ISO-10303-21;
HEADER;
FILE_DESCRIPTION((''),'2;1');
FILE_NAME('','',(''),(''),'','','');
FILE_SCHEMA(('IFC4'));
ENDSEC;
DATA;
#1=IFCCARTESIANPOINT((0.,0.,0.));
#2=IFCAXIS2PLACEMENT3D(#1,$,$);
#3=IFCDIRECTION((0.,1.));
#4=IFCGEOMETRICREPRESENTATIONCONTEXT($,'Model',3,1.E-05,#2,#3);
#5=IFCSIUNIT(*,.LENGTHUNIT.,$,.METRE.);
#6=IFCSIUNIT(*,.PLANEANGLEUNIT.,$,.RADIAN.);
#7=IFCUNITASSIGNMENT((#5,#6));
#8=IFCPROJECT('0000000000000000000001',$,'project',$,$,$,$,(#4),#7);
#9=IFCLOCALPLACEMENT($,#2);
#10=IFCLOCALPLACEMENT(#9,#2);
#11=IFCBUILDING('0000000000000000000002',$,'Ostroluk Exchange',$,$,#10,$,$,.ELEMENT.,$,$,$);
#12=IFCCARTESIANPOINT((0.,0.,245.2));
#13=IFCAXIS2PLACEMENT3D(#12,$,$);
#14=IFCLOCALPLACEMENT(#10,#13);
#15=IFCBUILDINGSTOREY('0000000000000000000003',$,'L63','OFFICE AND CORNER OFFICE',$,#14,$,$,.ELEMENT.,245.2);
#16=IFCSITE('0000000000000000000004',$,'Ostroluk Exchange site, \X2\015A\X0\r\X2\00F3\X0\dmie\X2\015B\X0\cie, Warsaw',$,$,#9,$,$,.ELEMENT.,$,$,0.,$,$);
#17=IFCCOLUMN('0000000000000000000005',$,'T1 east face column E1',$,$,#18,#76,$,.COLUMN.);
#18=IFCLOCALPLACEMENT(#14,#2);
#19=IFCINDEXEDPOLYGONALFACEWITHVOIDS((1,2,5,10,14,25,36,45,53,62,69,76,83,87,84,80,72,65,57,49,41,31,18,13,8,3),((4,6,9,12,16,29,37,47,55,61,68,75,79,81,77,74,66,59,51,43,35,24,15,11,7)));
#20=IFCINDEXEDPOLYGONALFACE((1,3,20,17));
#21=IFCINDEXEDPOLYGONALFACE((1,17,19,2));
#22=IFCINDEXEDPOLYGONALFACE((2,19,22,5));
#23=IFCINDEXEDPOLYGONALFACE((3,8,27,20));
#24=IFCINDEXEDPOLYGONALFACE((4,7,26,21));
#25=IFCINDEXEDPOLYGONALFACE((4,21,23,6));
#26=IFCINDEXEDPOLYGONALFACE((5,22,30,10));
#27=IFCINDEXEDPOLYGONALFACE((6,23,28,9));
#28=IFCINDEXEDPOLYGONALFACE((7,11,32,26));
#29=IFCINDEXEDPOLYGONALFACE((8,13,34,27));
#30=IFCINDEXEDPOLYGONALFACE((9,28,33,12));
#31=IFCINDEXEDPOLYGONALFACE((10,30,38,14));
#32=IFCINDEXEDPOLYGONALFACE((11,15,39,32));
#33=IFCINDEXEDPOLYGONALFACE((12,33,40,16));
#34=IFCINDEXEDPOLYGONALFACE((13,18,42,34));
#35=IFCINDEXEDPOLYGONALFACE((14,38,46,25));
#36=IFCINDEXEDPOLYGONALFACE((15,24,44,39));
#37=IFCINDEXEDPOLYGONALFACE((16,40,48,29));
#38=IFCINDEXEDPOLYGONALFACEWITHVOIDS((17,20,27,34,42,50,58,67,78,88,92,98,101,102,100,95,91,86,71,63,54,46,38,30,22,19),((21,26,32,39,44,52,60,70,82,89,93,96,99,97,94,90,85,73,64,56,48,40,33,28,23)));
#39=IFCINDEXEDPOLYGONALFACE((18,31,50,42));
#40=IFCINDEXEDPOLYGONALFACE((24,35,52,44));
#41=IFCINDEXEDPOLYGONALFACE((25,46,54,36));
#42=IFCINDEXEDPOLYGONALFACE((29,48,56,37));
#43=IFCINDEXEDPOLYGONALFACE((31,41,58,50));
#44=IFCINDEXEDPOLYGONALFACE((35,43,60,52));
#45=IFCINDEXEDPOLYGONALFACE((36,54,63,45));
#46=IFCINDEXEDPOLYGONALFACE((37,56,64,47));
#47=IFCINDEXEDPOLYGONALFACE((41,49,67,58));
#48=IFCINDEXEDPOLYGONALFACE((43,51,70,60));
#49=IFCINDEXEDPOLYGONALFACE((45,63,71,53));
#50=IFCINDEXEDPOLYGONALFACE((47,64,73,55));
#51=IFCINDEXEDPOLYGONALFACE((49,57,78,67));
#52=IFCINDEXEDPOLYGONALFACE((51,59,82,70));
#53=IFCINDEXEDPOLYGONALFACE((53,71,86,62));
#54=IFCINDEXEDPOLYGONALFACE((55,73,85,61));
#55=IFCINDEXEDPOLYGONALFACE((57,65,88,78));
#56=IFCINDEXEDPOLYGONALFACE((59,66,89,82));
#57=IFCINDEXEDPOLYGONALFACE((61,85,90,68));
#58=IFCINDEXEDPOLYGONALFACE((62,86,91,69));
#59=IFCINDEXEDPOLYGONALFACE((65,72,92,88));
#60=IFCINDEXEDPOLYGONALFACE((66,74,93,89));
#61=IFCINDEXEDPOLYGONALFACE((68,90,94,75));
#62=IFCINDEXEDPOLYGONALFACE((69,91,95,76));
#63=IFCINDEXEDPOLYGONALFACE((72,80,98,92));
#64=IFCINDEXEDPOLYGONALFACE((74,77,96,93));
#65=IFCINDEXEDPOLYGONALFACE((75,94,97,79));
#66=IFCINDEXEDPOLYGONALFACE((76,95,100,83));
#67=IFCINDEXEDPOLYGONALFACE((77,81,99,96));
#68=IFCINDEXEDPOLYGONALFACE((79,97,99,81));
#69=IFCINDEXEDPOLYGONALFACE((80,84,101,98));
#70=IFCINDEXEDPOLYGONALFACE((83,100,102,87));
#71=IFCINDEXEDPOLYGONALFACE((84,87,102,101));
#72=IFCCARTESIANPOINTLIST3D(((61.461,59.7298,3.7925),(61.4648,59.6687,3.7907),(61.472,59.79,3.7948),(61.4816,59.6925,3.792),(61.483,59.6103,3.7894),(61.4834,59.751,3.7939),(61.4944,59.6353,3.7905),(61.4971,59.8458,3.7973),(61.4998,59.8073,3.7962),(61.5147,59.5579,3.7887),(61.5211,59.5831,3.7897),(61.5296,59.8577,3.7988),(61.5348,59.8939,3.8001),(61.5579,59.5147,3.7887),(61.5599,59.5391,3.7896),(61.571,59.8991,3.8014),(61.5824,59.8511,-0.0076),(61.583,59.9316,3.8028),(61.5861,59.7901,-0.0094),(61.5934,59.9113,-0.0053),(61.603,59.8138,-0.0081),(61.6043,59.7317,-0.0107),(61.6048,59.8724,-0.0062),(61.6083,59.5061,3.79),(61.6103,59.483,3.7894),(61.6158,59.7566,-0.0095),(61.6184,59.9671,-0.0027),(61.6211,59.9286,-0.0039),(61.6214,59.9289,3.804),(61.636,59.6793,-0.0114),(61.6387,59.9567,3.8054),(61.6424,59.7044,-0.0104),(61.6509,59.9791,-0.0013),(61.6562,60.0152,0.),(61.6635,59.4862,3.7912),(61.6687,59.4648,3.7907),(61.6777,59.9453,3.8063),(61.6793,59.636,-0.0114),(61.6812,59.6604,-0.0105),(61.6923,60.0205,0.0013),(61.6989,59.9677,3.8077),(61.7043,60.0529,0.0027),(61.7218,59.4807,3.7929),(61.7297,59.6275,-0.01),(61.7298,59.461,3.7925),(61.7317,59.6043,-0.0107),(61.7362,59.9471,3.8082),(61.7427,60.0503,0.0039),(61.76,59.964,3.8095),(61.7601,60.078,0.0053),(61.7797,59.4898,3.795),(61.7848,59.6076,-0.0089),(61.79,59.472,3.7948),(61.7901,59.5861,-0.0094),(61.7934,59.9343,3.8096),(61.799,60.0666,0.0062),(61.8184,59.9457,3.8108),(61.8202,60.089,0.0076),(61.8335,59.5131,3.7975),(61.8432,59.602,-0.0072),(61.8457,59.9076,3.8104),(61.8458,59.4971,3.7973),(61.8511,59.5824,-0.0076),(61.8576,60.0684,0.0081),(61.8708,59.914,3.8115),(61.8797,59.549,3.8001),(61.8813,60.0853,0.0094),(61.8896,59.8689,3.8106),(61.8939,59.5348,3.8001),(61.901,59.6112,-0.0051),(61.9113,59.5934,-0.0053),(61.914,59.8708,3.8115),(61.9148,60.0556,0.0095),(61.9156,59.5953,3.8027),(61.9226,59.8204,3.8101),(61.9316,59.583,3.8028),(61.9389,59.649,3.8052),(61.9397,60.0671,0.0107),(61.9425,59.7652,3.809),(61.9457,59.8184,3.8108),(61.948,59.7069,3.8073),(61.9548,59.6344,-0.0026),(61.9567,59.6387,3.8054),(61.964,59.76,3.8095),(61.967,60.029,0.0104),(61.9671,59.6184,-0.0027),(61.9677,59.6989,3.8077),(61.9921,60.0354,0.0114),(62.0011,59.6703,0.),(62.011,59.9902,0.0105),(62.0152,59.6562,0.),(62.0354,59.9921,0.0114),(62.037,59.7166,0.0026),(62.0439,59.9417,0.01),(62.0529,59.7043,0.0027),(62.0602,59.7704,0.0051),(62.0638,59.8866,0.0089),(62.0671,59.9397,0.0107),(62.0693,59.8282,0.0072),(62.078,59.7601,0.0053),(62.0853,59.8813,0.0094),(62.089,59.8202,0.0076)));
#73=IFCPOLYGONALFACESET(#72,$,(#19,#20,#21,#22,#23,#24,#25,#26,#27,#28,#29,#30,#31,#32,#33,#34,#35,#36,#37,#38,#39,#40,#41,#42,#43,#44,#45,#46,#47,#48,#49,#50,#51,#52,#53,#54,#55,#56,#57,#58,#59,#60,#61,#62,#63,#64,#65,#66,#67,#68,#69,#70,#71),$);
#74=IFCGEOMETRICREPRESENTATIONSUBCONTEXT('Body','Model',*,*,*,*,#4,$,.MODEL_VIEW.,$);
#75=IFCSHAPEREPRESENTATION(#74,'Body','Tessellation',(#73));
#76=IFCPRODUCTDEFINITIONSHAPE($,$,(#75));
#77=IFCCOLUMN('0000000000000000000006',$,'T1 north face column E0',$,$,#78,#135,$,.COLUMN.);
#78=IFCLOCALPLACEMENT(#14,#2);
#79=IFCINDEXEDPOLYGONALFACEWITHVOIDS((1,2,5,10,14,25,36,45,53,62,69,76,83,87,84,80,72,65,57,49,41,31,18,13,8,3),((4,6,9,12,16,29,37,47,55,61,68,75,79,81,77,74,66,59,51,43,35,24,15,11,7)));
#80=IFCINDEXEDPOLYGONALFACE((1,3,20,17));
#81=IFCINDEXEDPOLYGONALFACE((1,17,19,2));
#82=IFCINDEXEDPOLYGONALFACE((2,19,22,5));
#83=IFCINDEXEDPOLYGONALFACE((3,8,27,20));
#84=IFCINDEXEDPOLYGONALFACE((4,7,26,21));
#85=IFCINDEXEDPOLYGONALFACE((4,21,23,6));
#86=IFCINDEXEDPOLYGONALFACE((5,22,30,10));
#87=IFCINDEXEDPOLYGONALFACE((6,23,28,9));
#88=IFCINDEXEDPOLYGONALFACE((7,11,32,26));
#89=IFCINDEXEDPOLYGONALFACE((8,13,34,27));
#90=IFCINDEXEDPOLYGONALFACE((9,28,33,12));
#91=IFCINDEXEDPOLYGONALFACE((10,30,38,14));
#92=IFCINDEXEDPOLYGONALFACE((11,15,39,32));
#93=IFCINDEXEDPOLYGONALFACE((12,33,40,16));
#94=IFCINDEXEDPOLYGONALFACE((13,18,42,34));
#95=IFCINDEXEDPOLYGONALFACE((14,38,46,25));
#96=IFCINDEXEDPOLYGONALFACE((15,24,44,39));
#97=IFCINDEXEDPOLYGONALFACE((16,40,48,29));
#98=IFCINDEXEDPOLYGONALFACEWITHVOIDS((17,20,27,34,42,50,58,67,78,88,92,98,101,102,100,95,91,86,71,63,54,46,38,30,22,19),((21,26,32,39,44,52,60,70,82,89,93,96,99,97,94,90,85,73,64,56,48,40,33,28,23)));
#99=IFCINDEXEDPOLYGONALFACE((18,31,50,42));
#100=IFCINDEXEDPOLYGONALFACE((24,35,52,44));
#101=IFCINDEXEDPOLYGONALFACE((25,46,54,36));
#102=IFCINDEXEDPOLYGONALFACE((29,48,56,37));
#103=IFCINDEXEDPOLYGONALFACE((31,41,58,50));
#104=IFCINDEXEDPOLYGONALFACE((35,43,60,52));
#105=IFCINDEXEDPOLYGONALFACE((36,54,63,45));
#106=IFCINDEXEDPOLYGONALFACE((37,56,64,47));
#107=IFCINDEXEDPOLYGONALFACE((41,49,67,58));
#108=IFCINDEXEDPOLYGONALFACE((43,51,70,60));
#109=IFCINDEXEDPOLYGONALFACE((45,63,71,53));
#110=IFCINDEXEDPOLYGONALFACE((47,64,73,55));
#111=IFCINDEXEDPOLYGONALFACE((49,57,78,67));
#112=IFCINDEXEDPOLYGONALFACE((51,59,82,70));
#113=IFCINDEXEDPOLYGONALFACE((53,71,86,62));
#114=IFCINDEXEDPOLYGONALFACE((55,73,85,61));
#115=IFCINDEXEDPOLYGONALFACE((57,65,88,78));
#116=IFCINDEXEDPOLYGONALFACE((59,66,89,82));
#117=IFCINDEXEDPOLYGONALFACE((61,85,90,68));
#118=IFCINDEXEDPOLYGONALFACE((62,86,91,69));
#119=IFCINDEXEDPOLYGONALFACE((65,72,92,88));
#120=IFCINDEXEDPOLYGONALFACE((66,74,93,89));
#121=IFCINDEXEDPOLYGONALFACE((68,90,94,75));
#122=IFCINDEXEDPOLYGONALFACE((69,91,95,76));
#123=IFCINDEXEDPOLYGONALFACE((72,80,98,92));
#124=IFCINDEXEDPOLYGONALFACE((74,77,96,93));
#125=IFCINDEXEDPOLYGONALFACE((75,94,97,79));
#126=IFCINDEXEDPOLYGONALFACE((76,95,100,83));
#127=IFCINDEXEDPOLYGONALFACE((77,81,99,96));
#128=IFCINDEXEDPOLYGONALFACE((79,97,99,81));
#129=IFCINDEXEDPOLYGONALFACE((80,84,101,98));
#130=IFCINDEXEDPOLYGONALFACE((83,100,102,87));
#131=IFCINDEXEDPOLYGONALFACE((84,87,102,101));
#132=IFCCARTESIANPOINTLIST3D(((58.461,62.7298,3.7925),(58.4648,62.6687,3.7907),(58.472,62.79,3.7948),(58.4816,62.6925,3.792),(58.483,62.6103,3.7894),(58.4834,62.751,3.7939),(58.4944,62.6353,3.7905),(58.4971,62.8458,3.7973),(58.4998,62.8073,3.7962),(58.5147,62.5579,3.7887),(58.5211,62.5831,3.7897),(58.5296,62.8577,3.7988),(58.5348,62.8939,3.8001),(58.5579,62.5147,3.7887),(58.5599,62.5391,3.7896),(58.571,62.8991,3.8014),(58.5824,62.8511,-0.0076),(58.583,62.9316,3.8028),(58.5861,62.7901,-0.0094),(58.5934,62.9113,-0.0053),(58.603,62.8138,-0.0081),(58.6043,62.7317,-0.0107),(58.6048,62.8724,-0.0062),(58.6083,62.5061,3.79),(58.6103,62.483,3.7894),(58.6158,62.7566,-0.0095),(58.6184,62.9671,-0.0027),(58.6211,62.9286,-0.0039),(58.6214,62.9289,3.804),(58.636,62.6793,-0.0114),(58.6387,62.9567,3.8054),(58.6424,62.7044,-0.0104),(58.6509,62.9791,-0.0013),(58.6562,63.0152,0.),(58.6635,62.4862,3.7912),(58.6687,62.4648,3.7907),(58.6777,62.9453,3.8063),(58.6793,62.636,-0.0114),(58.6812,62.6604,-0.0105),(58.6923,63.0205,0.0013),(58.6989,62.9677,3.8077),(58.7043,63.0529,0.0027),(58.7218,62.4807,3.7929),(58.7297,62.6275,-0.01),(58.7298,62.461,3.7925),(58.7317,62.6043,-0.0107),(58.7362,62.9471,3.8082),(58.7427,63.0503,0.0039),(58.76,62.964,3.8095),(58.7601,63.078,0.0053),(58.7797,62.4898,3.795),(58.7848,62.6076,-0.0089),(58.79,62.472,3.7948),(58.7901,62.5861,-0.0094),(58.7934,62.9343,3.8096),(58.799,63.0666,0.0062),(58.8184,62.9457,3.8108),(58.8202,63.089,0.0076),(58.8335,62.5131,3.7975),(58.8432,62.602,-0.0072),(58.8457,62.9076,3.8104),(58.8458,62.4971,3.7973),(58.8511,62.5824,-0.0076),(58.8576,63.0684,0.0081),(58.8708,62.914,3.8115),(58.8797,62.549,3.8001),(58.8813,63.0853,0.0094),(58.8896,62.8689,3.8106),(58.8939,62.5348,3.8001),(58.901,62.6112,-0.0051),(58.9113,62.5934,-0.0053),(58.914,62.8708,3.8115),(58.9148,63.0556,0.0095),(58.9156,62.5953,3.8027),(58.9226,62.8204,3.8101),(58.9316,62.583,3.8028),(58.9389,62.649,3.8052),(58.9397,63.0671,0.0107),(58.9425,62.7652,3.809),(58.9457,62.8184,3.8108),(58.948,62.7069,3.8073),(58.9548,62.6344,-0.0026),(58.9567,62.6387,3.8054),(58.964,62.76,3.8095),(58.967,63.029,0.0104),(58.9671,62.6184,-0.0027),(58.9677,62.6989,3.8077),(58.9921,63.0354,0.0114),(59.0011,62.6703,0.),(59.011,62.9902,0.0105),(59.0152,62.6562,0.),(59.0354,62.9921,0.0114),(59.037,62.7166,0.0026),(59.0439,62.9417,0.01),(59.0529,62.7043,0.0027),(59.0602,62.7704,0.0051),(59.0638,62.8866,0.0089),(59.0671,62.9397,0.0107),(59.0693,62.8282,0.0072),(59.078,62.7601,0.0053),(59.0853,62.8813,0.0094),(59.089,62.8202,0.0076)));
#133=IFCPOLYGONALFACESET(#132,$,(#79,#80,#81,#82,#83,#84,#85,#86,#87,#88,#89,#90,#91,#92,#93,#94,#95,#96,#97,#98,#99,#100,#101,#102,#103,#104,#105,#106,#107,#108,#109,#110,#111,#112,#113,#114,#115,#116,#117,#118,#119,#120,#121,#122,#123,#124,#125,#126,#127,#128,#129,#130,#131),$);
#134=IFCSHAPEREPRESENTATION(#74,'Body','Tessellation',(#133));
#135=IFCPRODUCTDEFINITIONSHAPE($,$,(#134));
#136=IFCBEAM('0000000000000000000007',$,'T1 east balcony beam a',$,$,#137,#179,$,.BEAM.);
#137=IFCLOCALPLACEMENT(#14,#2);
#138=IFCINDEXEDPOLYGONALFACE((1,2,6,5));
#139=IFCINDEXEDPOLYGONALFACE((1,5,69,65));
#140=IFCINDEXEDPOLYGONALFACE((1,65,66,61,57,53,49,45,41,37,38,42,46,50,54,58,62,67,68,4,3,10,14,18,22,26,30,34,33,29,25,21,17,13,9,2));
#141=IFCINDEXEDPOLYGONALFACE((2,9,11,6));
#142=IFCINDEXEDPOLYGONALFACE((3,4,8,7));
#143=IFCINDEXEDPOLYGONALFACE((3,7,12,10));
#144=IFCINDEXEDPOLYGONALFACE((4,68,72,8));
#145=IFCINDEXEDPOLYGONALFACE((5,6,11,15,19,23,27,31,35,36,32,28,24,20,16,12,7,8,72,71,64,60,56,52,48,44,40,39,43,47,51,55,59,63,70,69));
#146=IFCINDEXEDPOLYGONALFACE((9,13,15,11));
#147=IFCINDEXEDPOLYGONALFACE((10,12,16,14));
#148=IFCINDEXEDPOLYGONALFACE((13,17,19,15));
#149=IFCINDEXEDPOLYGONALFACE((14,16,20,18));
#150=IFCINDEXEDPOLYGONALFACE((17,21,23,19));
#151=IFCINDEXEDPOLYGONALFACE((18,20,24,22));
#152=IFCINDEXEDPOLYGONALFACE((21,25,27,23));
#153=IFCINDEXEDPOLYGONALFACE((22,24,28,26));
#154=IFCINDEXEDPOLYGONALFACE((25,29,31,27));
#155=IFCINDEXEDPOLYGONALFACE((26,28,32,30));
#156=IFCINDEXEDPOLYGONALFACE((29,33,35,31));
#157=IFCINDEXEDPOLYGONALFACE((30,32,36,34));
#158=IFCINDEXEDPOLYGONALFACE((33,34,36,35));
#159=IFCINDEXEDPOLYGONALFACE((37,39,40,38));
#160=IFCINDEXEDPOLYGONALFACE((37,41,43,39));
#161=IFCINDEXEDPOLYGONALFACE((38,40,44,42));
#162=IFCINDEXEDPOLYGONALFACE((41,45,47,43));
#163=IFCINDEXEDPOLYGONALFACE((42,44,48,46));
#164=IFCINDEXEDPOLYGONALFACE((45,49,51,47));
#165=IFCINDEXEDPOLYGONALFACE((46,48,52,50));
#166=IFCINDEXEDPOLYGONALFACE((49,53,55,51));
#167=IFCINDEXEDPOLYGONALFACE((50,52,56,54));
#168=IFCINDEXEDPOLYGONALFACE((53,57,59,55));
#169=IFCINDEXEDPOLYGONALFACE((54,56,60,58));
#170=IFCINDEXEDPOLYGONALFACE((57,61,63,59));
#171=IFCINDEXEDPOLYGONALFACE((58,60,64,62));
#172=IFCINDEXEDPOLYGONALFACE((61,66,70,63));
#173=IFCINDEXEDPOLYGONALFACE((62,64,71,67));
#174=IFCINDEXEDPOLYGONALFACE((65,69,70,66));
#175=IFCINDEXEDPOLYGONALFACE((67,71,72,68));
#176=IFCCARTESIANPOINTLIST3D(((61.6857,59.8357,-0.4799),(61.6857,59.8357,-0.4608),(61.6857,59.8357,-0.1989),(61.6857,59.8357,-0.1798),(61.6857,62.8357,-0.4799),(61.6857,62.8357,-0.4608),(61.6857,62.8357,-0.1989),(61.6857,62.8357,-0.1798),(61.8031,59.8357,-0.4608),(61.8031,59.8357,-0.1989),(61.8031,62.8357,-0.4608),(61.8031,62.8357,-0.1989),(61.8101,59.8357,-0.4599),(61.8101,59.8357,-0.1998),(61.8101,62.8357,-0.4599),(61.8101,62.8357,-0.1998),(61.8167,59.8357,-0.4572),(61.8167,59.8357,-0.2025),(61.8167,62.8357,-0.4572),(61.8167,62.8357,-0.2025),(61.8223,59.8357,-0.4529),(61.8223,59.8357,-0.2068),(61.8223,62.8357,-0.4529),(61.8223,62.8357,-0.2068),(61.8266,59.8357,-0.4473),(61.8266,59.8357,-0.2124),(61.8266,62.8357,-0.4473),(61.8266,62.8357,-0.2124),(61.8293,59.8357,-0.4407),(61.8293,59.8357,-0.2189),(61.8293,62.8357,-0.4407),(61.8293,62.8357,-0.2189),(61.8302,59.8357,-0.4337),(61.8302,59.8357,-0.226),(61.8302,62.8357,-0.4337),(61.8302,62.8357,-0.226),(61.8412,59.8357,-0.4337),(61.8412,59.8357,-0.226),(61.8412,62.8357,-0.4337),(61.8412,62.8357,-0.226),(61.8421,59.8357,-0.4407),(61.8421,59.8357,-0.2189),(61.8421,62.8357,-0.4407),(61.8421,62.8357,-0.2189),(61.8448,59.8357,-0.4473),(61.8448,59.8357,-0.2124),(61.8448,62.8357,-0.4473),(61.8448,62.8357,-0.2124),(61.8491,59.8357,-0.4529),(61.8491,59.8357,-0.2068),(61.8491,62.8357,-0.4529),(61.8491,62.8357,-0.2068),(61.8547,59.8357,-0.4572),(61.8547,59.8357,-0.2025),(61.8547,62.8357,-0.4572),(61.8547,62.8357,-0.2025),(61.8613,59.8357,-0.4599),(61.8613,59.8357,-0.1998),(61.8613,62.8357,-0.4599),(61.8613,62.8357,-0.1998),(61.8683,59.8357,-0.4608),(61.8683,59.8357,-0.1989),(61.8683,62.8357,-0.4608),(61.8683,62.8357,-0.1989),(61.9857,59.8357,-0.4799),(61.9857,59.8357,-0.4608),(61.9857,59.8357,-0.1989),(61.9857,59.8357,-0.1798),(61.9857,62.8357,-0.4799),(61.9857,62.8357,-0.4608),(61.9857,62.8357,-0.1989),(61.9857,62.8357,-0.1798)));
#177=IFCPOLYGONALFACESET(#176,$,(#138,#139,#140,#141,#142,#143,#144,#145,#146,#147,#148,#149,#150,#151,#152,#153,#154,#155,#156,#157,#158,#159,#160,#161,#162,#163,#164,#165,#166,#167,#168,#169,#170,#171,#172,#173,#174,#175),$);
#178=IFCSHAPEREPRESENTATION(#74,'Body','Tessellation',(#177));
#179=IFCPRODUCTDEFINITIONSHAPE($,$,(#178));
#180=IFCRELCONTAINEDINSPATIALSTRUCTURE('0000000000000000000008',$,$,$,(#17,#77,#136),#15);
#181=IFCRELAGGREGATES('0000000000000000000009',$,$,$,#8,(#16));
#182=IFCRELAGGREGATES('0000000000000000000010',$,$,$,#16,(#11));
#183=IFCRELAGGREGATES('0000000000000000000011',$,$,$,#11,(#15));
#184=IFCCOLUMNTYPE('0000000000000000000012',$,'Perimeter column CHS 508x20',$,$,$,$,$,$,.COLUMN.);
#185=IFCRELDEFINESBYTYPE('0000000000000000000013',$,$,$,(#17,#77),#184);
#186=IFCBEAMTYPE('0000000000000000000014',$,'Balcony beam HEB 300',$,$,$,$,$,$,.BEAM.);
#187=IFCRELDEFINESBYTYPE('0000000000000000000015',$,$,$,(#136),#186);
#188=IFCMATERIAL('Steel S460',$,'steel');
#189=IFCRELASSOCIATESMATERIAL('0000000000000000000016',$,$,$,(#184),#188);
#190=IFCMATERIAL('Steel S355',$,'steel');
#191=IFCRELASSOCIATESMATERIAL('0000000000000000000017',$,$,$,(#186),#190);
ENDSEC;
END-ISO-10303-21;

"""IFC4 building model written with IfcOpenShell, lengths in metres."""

from ifc_helpers import new_model, si_unit, direction, frame, origin, origin_2d, place, context, subcontext, project, spatial, hollow_circle, i_section, extrude, material, material_profile, profile_set, type_object, element, save


model = new_model("IFC4")

# Units and contexts
model_context = context("Model", 3, precision=1e-05, world=origin(), true_north=direction((0.0, 1.0)))
body_context = subcontext(model_context, "Body", "Model", "MODEL_VIEW")
ifc_project = project(units=[si_unit("LENGTHUNIT", "METRE"), si_unit("PLANEANGLEUNIT", "RADIAN")], contexts=[model_context])

# Site, building, storey
site_placement = place(None, origin())
site = spatial("IfcSite", under=ifc_project, at=site_placement, Name="Ostroluk Exchange site, Śródmieście, Warsaw", CompositionType="ELEMENT", RefElevation=0.0)
building_placement = place(site_placement, origin())
building = spatial("IfcBuilding", under=site, at=building_placement, Name="Ostroluk Exchange", CompositionType="ELEMENT")
storey_placement = place(building_placement, frame((0.0, 0.0, 245.2)))
storey = spatial("IfcBuildingStorey", under=building, at=storey_placement, Name="L63", Description="OFFICE AND CORNER OFFICE", CompositionType="ELEMENT", Elevation=245.2)

# Columns
ifc_material_1 = material(Name="Steel S460", Category="steel")
ifc_material_profile_1 = material_profile(ifc_material_1, hollow_circle(Radius=0.2539, WallThickness=0.02, at=origin_2d()), Name="CHS 508x20")
ifc_profile_set_1 = profile_set([ifc_material_profile_1], Name="Steel S460")
column_type = type_object("IfcColumnType", Name="Perimeter column CHS 508x20", PredefinedType="COLUMN", material=ifc_profile_set_1)
for number, where, z_axis, x_axis, name in (
    (1, (61.8357, 59.8357, 0.0), (-0.031898, -0.031898, 0.998982), (0.707107, -0.707107, 0.0), "T1 east face column E1"),
    (2, (58.8357, 62.8357, 0.0), (-0.031898, -0.031898, 0.998982), (0.707107, -0.707107, 0.0), "T1 north face column E0"),
):
    element("IfcColumn", number, at=place(storey_placement, frame(where, z_axis=z_axis, x_axis=x_axis)), inside=storey, type_object=column_type, Name=name, PredefinedType="COLUMN", context=body_context, shape_type="SweptSolid", body=[
        extrude(hollow_circle(Radius=0.2539, WallThickness=0.02, at=origin_2d()), origin(), (0.0, 0.0, 1.0), 3.804),
    ])

# Beam
ifc_material_2 = material(Name="Steel S355", Category="steel")
ifc_material_profile_2 = material_profile(ifc_material_2, i_section(OverallWidth=0.3, OverallDepth=0.3, WebThickness=0.011, FlangeThickness=0.019, FilletRadius=0.0271, at=origin_2d()), Name="HEB 300")
ifc_profile_set_2 = profile_set([ifc_material_profile_2], Name="Steel S355")
beam_type_1 = type_object("IfcBeamType", Name="Balcony beam HEB 300", PredefinedType="BEAM", material=ifc_profile_set_2)
for number, where, z_axis, x_axis, name in (
    (3, (61.8357, 59.8357, -0.3298), (0.0, 1.0, 0.0), (-1.0, 0.0, 0.0), "T1 east balcony beam a"),
):
    element("IfcBeam", number, at=place(storey_placement, frame(where, z_axis=z_axis, x_axis=x_axis)), inside=storey, type_object=beam_type_1, Name=name, PredefinedType="BEAM", context=body_context, shape_type="SweptSolid", body=[
        extrude(i_section(OverallWidth=0.3, OverallDepth=0.3, WebThickness=0.011, FlangeThickness=0.019, FilletRadius=0.0271, at=origin_2d()), origin(), (0.0, 0.0, 1.0), 3.0),
    ])

save(model, "model.ifc")
